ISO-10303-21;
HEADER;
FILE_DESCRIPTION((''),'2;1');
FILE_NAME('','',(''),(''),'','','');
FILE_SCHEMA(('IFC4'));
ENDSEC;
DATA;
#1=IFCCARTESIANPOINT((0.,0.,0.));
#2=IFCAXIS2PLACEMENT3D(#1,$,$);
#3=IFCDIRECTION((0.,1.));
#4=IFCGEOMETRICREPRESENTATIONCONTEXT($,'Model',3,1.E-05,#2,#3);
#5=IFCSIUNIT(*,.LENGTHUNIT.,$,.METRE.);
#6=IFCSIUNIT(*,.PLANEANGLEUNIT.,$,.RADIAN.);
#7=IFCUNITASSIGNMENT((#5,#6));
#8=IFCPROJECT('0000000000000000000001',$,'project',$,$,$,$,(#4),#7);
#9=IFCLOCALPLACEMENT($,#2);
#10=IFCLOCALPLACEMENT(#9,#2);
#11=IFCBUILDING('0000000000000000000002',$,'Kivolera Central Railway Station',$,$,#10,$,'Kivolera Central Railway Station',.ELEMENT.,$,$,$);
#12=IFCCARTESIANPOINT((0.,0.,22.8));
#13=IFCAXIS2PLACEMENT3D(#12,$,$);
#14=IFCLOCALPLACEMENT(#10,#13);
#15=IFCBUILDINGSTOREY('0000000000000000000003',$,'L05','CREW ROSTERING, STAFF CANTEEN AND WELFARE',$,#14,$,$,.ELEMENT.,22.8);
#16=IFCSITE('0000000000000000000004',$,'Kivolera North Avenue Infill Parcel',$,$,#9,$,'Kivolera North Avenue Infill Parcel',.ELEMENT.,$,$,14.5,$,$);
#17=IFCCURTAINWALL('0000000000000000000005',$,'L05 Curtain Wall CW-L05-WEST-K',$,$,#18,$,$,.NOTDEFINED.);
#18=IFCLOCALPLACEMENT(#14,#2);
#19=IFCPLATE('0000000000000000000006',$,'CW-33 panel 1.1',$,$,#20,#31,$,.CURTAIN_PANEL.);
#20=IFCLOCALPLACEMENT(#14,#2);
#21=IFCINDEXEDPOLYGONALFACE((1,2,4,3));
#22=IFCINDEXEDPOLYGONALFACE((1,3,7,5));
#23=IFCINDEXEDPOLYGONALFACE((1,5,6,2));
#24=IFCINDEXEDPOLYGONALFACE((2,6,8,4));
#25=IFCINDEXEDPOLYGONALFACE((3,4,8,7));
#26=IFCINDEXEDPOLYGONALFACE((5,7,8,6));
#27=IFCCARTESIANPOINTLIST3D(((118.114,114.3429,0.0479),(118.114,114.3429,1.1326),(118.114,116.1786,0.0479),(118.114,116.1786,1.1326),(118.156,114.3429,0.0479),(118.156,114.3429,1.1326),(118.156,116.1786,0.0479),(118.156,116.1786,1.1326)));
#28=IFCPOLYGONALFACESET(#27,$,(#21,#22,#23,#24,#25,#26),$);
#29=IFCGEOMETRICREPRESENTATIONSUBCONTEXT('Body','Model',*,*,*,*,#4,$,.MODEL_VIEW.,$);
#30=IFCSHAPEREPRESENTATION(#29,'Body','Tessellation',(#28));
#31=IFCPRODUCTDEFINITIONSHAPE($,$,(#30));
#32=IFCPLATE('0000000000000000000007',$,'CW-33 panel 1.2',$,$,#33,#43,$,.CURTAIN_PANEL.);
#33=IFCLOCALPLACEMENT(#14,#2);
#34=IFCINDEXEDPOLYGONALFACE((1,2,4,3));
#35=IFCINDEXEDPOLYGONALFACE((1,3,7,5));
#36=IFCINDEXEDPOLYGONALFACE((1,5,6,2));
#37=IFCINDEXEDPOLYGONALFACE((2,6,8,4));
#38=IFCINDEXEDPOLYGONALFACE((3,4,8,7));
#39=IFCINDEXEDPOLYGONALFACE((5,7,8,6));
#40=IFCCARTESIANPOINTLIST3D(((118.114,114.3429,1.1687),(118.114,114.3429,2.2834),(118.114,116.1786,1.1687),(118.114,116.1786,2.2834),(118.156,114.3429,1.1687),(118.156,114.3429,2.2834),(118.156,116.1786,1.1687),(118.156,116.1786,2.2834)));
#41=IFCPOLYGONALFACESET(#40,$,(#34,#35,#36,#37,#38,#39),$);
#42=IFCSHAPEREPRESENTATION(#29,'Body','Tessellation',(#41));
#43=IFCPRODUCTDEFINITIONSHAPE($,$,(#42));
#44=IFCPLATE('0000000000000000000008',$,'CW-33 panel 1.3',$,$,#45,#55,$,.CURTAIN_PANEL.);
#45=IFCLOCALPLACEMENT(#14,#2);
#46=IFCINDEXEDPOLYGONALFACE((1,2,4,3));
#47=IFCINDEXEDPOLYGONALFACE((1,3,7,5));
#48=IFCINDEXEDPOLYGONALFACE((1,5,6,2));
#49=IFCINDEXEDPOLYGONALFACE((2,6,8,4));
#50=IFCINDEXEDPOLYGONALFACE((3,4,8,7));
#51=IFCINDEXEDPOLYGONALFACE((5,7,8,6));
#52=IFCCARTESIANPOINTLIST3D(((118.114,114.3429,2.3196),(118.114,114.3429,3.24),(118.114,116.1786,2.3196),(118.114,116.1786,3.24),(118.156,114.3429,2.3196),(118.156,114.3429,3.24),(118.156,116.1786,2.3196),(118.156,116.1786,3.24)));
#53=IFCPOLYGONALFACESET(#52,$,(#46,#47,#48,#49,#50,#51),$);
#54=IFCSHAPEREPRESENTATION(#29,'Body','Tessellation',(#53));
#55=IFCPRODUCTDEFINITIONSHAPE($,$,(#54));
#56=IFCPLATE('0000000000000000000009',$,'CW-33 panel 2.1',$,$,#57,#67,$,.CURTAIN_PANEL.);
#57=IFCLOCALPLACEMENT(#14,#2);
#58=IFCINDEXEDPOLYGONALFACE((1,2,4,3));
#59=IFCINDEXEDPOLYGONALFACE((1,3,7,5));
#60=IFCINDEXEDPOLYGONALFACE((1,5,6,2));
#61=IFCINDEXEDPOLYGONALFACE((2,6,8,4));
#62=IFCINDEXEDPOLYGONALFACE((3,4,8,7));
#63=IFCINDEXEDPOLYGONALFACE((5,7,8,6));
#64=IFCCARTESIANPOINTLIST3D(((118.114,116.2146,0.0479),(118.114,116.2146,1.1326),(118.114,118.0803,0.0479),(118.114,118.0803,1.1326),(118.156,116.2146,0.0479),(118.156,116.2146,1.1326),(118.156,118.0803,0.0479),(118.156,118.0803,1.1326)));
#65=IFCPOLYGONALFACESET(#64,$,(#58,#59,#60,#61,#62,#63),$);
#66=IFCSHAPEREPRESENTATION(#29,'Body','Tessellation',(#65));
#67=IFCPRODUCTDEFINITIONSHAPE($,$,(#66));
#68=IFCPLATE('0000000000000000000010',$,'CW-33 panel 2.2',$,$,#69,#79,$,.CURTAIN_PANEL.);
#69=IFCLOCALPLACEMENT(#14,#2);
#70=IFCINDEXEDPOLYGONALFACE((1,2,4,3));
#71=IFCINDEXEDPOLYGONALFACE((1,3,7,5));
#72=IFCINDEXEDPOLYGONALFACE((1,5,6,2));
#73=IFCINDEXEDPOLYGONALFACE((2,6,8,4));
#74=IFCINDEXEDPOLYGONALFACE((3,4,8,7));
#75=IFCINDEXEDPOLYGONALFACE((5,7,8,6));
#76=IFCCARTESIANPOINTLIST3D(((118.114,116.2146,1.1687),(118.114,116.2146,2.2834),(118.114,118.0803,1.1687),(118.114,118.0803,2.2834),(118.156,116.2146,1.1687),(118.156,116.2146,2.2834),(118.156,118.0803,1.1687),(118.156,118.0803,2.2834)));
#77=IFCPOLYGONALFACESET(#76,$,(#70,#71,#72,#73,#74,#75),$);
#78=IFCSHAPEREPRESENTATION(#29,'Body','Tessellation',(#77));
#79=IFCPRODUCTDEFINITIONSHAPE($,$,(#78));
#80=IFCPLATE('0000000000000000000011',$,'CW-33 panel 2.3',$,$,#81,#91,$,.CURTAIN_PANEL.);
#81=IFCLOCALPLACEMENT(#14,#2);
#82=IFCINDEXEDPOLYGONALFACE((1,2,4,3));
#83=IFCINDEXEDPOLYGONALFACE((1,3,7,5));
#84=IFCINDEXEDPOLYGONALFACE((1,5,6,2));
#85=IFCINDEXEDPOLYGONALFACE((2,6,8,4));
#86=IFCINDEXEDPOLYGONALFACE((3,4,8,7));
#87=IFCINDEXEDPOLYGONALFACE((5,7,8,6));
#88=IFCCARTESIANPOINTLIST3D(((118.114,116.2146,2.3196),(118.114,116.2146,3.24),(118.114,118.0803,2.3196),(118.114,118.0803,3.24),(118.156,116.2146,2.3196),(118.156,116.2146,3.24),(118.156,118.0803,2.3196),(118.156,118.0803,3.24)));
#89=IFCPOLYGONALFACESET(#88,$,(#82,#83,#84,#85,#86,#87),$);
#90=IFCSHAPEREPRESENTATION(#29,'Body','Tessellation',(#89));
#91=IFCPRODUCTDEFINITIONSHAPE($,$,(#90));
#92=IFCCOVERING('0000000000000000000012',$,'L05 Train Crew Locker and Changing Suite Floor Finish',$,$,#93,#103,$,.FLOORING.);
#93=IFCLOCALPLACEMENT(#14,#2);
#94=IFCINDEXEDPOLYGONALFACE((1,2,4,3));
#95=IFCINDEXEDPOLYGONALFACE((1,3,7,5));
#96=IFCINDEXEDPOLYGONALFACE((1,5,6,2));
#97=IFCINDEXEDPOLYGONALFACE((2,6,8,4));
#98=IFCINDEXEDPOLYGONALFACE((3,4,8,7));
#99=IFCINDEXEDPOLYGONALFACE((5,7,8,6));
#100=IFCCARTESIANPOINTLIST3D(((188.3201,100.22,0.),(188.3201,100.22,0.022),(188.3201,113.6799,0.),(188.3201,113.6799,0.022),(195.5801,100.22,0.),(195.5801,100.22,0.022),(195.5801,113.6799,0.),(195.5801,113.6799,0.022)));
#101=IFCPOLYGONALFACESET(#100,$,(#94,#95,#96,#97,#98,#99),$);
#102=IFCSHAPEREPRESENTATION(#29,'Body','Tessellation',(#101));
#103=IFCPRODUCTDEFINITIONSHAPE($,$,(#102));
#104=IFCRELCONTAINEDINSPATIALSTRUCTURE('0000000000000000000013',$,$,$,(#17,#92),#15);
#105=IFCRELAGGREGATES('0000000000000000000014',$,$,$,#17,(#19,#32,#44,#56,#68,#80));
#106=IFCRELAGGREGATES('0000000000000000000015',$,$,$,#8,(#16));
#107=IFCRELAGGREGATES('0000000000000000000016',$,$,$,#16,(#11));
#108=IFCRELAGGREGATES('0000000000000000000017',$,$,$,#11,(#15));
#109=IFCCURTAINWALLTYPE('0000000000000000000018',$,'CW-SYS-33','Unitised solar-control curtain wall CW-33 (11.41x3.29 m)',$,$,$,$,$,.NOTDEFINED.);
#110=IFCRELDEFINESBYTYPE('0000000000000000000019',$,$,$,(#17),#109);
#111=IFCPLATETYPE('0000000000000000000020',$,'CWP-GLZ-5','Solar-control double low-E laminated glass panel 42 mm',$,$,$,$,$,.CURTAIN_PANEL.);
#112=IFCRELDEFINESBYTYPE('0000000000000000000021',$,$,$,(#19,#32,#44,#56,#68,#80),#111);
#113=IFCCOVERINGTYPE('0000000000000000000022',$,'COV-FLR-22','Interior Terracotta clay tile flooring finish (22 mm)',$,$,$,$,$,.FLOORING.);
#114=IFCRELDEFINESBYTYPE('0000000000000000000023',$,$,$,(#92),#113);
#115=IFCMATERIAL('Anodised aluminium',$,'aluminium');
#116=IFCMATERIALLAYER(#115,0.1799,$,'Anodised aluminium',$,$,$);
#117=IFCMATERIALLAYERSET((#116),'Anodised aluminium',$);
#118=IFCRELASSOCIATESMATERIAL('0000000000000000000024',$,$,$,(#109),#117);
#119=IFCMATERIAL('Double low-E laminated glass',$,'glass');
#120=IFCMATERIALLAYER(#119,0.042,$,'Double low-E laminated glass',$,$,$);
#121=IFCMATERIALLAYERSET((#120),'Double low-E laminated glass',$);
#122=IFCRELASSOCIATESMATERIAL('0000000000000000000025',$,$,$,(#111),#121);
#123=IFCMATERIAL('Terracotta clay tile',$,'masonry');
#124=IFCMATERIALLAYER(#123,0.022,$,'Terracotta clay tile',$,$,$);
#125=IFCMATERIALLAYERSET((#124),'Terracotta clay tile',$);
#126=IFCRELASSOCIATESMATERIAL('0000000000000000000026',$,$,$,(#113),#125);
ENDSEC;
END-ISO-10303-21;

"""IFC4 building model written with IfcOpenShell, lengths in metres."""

from ifc_helpers import new_model, si_unit, direction, frame, origin, origin_2d, place, context, subcontext, project, spatial, polyline, rectangle, outline, extrude, material, layer, layer_set, type_object, element, aggregate, save


model = new_model("IFC4")

# Units and contexts
model_context = context("Model", 3, precision=1e-05, world=origin(), true_north=direction((0.0, 1.0)))
body_context = subcontext(model_context, "Body", "Model", "MODEL_VIEW")
ifc_project = project(units=[si_unit("LENGTHUNIT", "METRE"), si_unit("PLANEANGLEUNIT", "RADIAN")], contexts=[model_context])

# Site, building, storey
site_placement = place(None, origin())
site = spatial("IfcSite", under=ifc_project, at=site_placement, Name="Kivolera North Avenue Infill Parcel", LongName="Kivolera North Avenue Infill Parcel", CompositionType="ELEMENT", RefElevation=14.5)
building_placement = place(site_placement, origin())
building = spatial("IfcBuilding", under=site, at=building_placement, Name="Kivolera Central Railway Station", LongName="Kivolera Central Railway Station", CompositionType="ELEMENT")
storey_placement = place(building_placement, frame((0.0, 0.0, 22.8)))
storey = spatial("IfcBuildingStorey", under=building, at=storey_placement, Name="L05", Description="CREW ROSTERING, STAFF CANTEEN AND WELFARE", CompositionType="ELEMENT", Elevation=22.8)

# Curtain wall, plates
ifc_material_1 = material(Name="Anodised aluminium", Category="aluminium")
ifc_layer_1 = layer(ifc_material_1, 0.1799, Name="Anodised aluminium")
ifc_layer_set_1 = layer_set([ifc_layer_1], Name="Anodised aluminium")
curtain_wall_type = type_object("IfcCurtainWallType", Name="CW-SYS-33", Description="Unitised solar-control curtain wall CW-33 (11.41x3.29 m)", PredefinedType="NOTDEFINED", material=ifc_layer_set_1)
curtain_wall_placement = place(storey_placement, origin())
curtain_wall = element("IfcCurtainWall", 1, at=curtain_wall_placement, inside=storey, type_object=curtain_wall_type, Name="L05 Curtain Wall CW-L05-WEST-K", PredefinedType="NOTDEFINED")
ifc_material_2 = material(Name="Double low-E laminated glass", Category="glass")
ifc_layer_2 = layer(ifc_material_2, 0.042, Name="Double low-E laminated glass")
ifc_layer_set_2 = layer_set([ifc_layer_2], Name="Double low-E laminated glass")
plate_type = type_object("IfcPlateType", Name="CWP-GLZ-5", Description="Solar-control double low-E laminated glass panel 42 mm", PredefinedType="CURTAIN_PANEL", material=ifc_layer_set_2)
plate_1_placement = place(storey_placement, frame((118.135, 115.2607, 0.0479), z_axis=(0.0, 0.0, 1.0), x_axis=(0.0, 1.0, 0.0)))
plate_1 = element("IfcPlate", 2, at=plate_1_placement, type_object=plate_type, Name="CW-33 panel 1.1", PredefinedType="CURTAIN_PANEL", context=body_context, shape_type="SweptSolid", body=[
    extrude(rectangle(XDim=1.8357, YDim=0.042, at=origin_2d()), origin(), (0.0, 0.0, 1.0), 1.0847),
])
plate_2_placement = place(storey_placement, frame((118.135, 115.2607, 1.1687), z_axis=(0.0, 0.0, 1.0), x_axis=(0.0, 1.0, 0.0)))
plate_2 = element("IfcPlate", 3, at=plate_2_placement, type_object=plate_type, Name="CW-33 panel 1.2", PredefinedType="CURTAIN_PANEL", context=body_context, shape_type="SweptSolid", body=[
    extrude(rectangle(XDim=1.8357, YDim=0.042, at=origin_2d()), origin(), (0.0, 0.0, 1.0), 1.1147),
])
plate_3_placement = place(storey_placement, frame((118.135, 115.2607, 2.3196), z_axis=(0.0, 0.0, 1.0), x_axis=(0.0, 1.0, 0.0)))
plate_3 = element("IfcPlate", 4, at=plate_3_placement, type_object=plate_type, Name="CW-33 panel 1.3", PredefinedType="CURTAIN_PANEL", context=body_context, shape_type="SweptSolid", body=[
    extrude(rectangle(XDim=1.8357, YDim=0.042, at=origin_2d()), origin(), (0.0, 0.0, 1.0), 0.9204),
])
plate_4_placement = place(storey_placement, frame((118.135, 117.1475, 0.0479), z_axis=(0.0, 0.0, 1.0), x_axis=(0.0, 1.0, 0.0)))
plate_4 = element("IfcPlate", 5, at=plate_4_placement, type_object=plate_type, Name="CW-33 panel 2.1", PredefinedType="CURTAIN_PANEL", context=body_context, shape_type="SweptSolid", body=[
    extrude(rectangle(XDim=1.8657, YDim=0.042, at=origin_2d()), origin(), (0.0, 0.0, 1.0), 1.0847),
])
plate_5_placement = place(storey_placement, frame((118.135, 117.1475, 1.1687), z_axis=(0.0, 0.0, 1.0), x_axis=(0.0, 1.0, 0.0)))
plate_5 = element("IfcPlate", 6, at=plate_5_placement, type_object=plate_type, Name="CW-33 panel 2.2", PredefinedType="CURTAIN_PANEL", context=body_context, shape_type="SweptSolid", body=[
    extrude(rectangle(XDim=1.8657, YDim=0.042, at=origin_2d()), origin(), (0.0, 0.0, 1.0), 1.1147),
])
plate_6_placement = place(storey_placement, frame((118.135, 117.1475, 2.3196), z_axis=(0.0, 0.0, 1.0), x_axis=(0.0, 1.0, 0.0)))
plate_6 = element("IfcPlate", 7, at=plate_6_placement, type_object=plate_type, Name="CW-33 panel 2.3", PredefinedType="CURTAIN_PANEL", context=body_context, shape_type="SweptSolid", body=[
    extrude(rectangle(XDim=1.8657, YDim=0.042, at=origin_2d()), origin(), (0.0, 0.0, 1.0), 0.9204),
])
aggregate(curtain_wall, [plate_1, plate_2, plate_3, plate_4, plate_5, plate_6])

# Covering
ifc_material_3 = material(Name="Terracotta clay tile", Category="masonry")
ifc_layer_3 = layer(ifc_material_3, 0.022, Name="Terracotta clay tile")
ifc_layer_set_3 = layer_set([ifc_layer_3], Name="Terracotta clay tile")
covering_type = type_object("IfcCoveringType", Name="COV-FLR-22", Description="Interior Terracotta clay tile flooring finish (22 mm)", PredefinedType="FLOORING", material=ifc_layer_set_3)
covering_placement = place(storey_placement, origin())
element("IfcCovering", 8, at=covering_placement, inside=storey, type_object=covering_type, Name="L05 Train Crew Locker and Changing Suite Floor Finish", PredefinedType="FLOORING", context=body_context, shape_type="SweptSolid", body=[
    extrude(outline(polyline([(188.3201, 100.22), (195.5801, 100.22), (195.5801, 113.6799), (188.3201, 113.6799), (188.3201, 100.22)])), origin(), (0.0, 0.0, 1.0), 0.022),
])

save(model, "model.ifc")
